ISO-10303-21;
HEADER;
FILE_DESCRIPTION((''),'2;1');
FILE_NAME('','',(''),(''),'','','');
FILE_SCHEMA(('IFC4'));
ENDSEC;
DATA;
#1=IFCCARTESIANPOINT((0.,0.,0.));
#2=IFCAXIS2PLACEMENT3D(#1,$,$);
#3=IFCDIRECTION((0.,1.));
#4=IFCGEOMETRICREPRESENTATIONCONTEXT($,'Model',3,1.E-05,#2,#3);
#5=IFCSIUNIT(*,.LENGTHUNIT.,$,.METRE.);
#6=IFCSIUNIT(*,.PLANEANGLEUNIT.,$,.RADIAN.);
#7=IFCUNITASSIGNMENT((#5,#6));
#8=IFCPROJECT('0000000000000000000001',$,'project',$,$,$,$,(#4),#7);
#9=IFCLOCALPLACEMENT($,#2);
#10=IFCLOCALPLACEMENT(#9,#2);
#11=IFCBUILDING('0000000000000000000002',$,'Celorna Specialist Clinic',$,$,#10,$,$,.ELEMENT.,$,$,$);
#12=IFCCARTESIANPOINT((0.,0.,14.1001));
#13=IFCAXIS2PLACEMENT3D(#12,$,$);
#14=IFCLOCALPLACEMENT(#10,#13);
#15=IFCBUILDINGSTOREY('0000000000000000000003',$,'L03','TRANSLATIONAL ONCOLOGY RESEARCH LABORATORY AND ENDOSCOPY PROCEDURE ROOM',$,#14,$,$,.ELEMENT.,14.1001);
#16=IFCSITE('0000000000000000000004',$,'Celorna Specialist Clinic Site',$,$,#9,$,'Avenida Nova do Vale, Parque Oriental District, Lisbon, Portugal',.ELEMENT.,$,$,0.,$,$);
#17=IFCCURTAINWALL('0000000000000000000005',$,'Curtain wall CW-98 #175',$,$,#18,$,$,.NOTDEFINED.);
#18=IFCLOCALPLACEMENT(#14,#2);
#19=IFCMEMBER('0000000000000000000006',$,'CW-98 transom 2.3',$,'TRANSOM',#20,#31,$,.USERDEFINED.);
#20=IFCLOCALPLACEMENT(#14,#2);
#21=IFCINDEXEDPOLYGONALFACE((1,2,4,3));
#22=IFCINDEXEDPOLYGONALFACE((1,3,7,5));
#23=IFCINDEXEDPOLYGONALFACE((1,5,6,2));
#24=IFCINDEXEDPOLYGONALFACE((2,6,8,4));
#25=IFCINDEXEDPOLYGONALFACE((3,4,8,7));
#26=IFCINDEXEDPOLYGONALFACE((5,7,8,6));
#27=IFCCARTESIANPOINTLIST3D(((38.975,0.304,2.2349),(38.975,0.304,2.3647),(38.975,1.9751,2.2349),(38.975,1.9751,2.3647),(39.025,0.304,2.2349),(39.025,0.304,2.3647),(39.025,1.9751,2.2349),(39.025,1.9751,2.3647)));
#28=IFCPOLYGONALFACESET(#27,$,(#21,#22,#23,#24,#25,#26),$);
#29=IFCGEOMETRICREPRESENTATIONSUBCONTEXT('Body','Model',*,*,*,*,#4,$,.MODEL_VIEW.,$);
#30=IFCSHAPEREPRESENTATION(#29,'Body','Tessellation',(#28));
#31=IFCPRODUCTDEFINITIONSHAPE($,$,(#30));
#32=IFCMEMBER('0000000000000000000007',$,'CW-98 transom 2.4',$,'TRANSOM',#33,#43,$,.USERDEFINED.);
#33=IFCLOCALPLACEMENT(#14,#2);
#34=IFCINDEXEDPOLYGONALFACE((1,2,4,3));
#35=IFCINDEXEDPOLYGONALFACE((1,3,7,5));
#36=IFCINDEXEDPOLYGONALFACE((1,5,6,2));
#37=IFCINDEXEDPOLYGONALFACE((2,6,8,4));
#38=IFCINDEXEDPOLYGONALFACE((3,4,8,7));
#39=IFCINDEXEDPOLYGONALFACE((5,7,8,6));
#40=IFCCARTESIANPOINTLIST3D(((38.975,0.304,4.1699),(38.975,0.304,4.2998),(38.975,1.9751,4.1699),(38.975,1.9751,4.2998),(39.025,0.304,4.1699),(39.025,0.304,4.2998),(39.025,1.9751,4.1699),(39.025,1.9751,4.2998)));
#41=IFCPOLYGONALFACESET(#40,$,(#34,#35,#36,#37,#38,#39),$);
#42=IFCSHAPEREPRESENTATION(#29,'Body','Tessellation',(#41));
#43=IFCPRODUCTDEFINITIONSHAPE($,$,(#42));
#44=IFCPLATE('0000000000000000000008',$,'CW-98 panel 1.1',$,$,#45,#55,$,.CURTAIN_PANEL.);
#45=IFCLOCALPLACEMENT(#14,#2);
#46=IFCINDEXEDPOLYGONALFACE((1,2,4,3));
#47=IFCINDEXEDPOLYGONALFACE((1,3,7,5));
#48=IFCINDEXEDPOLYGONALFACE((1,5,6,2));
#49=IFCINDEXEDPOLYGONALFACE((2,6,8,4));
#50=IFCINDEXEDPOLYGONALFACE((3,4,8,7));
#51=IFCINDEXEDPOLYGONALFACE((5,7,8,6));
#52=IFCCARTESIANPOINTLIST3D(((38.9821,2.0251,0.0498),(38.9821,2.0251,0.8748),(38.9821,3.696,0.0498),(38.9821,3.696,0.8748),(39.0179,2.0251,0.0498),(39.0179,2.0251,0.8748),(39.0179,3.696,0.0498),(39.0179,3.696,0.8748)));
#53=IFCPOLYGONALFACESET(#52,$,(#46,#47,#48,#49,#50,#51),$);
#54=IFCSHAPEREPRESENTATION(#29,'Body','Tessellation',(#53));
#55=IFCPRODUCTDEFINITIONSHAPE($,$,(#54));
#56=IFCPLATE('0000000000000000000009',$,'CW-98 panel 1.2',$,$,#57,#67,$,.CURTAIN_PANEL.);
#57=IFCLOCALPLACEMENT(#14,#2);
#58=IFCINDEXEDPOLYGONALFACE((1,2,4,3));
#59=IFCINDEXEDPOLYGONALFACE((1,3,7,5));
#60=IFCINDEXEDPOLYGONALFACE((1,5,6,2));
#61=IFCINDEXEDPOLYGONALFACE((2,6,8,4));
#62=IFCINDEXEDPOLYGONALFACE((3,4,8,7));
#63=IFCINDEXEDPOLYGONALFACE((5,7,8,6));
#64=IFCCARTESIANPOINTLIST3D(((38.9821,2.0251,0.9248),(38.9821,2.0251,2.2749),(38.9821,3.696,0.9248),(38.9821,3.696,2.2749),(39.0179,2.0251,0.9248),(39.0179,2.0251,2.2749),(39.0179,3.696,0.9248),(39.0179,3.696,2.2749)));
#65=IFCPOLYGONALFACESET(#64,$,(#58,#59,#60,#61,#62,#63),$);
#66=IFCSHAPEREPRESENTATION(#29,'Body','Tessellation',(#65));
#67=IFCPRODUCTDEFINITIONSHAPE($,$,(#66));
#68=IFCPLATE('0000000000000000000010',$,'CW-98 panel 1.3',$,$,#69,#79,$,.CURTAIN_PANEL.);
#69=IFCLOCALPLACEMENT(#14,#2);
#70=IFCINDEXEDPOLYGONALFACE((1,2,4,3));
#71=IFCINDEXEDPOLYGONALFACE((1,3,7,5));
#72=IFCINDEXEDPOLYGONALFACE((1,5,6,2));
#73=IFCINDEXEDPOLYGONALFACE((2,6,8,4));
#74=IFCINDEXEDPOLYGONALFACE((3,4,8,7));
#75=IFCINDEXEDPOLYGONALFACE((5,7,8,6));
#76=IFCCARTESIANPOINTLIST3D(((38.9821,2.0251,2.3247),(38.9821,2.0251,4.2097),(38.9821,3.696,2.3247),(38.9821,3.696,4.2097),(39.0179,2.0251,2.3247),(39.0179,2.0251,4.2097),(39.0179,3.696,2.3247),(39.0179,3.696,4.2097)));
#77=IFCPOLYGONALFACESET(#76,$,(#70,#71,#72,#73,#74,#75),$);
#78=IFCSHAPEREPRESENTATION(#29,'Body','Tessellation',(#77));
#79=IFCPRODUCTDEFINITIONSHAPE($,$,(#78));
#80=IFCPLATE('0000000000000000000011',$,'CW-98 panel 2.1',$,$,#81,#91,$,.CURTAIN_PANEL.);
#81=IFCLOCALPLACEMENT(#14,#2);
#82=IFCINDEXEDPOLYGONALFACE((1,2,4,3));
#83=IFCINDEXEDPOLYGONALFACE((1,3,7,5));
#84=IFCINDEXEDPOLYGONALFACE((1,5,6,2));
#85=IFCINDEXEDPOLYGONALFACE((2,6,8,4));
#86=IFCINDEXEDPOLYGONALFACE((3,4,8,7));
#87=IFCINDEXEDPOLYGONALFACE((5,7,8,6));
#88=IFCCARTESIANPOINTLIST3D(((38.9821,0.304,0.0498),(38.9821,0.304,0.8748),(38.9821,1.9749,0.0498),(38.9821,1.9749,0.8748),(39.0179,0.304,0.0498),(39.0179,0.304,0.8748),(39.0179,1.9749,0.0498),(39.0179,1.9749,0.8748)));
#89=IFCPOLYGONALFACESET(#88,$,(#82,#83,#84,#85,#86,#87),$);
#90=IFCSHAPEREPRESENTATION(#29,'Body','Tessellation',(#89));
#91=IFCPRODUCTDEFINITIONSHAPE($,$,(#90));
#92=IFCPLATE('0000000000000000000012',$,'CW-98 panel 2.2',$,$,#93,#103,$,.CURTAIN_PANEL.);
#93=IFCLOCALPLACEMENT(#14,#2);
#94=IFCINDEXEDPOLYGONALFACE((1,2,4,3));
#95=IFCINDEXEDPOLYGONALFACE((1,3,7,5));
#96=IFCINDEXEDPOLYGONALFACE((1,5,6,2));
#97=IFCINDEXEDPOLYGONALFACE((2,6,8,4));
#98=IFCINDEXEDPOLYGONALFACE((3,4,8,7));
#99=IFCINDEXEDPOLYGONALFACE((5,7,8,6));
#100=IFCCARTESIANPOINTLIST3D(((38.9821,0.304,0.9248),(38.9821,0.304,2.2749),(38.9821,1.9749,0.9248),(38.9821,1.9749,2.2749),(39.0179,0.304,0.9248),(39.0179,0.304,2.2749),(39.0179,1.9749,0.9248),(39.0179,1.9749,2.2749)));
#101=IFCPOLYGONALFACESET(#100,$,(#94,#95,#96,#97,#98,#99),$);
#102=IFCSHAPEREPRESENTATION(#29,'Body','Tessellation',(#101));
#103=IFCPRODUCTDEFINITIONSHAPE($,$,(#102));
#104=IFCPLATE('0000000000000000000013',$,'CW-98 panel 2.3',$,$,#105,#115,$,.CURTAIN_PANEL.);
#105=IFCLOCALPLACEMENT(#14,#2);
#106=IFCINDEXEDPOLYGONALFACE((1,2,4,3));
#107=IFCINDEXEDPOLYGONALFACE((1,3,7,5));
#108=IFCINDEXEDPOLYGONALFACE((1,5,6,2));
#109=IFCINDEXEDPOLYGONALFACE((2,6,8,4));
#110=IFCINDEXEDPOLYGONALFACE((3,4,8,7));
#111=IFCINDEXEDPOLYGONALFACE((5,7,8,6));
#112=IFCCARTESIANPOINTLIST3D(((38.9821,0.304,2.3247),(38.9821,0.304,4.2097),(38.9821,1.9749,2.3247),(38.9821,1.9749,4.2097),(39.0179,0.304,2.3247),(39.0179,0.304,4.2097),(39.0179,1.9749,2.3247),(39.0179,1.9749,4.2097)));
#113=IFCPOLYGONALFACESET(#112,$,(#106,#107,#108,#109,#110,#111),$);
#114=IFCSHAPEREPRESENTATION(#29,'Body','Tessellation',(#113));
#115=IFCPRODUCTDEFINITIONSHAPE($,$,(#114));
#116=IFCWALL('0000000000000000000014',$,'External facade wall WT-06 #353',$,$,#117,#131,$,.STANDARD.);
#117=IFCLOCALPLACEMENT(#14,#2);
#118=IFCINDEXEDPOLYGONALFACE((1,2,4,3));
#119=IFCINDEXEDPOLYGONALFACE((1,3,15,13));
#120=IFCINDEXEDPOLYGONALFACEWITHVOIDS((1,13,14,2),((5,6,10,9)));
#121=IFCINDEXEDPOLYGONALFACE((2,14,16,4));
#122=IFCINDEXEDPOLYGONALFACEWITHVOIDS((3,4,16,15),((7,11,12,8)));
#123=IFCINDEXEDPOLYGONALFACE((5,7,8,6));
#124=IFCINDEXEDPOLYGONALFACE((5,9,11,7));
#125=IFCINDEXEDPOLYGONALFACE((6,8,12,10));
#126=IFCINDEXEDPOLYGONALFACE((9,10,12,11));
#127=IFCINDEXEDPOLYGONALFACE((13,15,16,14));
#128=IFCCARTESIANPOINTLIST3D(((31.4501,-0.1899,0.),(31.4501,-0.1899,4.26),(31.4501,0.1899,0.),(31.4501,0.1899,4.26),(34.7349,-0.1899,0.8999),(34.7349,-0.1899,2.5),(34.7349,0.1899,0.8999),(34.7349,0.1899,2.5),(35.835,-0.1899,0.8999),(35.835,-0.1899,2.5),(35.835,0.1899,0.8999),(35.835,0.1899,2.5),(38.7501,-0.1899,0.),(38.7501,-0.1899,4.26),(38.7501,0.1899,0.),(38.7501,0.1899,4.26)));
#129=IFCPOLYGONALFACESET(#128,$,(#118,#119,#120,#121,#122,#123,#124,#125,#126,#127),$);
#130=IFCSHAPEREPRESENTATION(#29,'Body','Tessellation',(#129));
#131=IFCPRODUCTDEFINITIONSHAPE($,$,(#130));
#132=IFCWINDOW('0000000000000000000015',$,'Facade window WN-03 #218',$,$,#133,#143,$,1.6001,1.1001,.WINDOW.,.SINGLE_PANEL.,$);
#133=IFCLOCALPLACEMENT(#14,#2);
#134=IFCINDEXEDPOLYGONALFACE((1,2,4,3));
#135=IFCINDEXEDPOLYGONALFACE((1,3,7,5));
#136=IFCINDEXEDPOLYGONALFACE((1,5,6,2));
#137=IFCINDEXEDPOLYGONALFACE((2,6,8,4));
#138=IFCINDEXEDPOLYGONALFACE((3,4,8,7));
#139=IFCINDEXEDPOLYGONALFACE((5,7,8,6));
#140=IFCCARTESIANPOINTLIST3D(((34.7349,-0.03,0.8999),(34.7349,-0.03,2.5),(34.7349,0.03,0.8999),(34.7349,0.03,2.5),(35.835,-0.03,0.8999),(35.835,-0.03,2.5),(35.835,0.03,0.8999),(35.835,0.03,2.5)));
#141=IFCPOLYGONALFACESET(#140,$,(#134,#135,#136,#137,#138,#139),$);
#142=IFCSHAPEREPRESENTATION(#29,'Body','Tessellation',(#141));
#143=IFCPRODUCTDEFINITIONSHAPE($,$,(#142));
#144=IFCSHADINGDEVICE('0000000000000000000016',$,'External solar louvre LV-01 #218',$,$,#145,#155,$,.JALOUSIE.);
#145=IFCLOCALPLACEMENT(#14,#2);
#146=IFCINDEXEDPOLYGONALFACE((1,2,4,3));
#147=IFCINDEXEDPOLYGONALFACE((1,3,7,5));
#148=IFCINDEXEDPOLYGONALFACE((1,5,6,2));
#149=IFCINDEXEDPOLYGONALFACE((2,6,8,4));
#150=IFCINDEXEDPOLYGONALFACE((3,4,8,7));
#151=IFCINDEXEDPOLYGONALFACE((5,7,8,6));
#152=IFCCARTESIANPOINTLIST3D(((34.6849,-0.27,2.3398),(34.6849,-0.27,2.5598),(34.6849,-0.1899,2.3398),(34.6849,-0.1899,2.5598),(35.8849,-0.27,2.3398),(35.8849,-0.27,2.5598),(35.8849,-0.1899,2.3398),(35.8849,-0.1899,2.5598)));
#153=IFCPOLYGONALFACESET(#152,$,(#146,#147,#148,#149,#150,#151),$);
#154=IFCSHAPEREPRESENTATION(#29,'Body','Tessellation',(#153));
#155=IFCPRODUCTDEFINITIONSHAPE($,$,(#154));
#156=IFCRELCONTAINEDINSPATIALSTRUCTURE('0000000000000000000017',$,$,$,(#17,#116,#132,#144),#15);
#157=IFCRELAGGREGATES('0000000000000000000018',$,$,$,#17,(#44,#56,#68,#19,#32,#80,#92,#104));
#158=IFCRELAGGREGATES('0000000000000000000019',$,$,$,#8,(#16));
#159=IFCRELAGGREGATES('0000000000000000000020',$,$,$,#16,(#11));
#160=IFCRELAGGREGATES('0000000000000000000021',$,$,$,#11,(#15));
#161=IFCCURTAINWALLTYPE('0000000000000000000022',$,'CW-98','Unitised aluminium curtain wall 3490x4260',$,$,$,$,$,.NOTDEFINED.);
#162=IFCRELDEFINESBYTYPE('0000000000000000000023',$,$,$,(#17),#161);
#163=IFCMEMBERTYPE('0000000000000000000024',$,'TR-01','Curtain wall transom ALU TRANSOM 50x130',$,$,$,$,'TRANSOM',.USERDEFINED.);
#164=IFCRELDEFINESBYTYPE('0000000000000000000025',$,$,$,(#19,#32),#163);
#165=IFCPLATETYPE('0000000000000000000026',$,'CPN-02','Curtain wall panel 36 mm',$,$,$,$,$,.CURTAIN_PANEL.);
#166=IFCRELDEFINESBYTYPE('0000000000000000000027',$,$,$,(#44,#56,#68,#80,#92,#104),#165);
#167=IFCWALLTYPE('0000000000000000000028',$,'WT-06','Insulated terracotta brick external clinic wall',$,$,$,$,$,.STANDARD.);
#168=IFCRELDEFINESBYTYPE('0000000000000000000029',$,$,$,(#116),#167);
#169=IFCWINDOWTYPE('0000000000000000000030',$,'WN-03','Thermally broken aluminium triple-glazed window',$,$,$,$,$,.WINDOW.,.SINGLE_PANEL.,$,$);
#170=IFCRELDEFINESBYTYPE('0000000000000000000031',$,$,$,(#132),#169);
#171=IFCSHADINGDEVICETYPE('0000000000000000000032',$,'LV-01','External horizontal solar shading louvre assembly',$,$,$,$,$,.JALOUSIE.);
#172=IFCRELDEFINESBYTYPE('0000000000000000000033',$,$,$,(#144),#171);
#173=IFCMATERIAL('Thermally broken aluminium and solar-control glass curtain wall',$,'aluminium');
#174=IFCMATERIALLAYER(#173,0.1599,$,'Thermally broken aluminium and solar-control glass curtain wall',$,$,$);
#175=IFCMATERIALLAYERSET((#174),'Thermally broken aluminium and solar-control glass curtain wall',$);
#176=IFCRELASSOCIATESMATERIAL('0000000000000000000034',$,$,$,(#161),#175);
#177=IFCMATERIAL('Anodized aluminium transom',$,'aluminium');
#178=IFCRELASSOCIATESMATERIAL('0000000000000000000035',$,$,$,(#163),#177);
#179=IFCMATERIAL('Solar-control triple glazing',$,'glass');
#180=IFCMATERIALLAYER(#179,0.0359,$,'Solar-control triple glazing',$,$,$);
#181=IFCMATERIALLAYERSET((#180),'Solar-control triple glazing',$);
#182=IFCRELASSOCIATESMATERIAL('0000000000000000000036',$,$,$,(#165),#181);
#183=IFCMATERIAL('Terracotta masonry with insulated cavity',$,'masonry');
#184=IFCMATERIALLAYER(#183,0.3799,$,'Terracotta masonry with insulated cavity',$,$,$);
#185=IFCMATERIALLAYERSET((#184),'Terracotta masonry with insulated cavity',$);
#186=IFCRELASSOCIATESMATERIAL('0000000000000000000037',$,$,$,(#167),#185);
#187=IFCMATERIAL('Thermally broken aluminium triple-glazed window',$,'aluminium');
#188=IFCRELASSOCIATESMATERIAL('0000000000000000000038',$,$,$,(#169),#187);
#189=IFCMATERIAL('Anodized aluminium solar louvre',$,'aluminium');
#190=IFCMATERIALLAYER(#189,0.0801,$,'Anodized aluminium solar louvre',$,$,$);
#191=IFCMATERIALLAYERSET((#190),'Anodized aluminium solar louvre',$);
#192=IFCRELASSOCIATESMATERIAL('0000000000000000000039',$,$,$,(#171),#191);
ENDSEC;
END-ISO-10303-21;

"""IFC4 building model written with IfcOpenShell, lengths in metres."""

from ifc_helpers import new_model, si_unit, direction, frame, frame_2d, origin, origin_2d, place, context, subcontext, project, spatial, rectangle, extrude, material, layer, layer_set, material_profile, profile_set, type_object, element, fill, aggregate, save


model = new_model("IFC4")

# Units and contexts
model_context = context("Model", 3, precision=1e-05, world=origin(), true_north=direction((0.0, 1.0)))
body_context = subcontext(model_context, "Body", "Model", "MODEL_VIEW")
ifc_project = project(units=[si_unit("LENGTHUNIT", "METRE"), si_unit("PLANEANGLEUNIT", "RADIAN")], contexts=[model_context])

# Site, building, storey
site_placement = place(None, origin())
site = spatial("IfcSite", under=ifc_project, at=site_placement, Name="Celorna Specialist Clinic Site", LongName="Avenida Nova do Vale, Parque Oriental District, Lisbon, Portugal", CompositionType="ELEMENT", RefElevation=0.0)
building_placement = place(site_placement, origin())
building = spatial("IfcBuilding", under=site, at=building_placement, Name="Celorna Specialist Clinic", CompositionType="ELEMENT")
storey_placement = place(building_placement, frame((0.0, 0.0, 14.1001)))
storey = spatial("IfcBuildingStorey", under=building, at=storey_placement, Name="L03", Description="TRANSLATIONAL ONCOLOGY RESEARCH LABORATORY AND ENDOSCOPY PROCEDURE ROOM", CompositionType="ELEMENT", Elevation=14.1001)

# Curtain wall, members, plates
ifc_material_1 = material(Name="Thermally broken aluminium and solar-control glass curtain wall", Category="aluminium")
ifc_layer_1 = layer(ifc_material_1, 0.1599, Name="Thermally broken aluminium and solar-control glass curtain wall")
ifc_layer_set_1 = layer_set([ifc_layer_1], Name="Thermally broken aluminium and solar-control glass curtain wall")
curtain_wall_type = type_object("IfcCurtainWallType", Name="CW-98", Description="Unitised aluminium curtain wall 3490x4260", PredefinedType="NOTDEFINED", material=ifc_layer_set_1)
curtain_wall_placement = place(storey_placement, origin())
curtain_wall = element("IfcCurtainWall", 1, at=curtain_wall_placement, inside=storey, type_object=curtain_wall_type, Name="Curtain wall CW-98 #175", PredefinedType="NOTDEFINED")
ifc_material_2 = material(Name="Anodized aluminium transom", Category="aluminium")
ifc_material_profile_1 = material_profile(ifc_material_2, rectangle(XDim=0.05, YDim=0.1299, at=origin_2d()), Name="ALU TRANSOM 50x130")
ifc_profile_set_1 = profile_set([ifc_material_profile_1], Name="Anodized aluminium transom")
member_type_1 = type_object("IfcMemberType", Name="TR-01", Description="Curtain wall transom ALU TRANSOM 50x130", ElementType="TRANSOM", PredefinedType="USERDEFINED", material=ifc_profile_set_1)
member_1_placement = place(storey_placement, frame((39.0, 1.9751, 2.2998), z_axis=(0.0, -1.0, 0.0), x_axis=(1.0, 0.0, 0.0)))
member_1 = element("IfcMember", 2, at=member_1_placement, type_object=member_type_1, Name="CW-98 transom 2.3", ObjectType="TRANSOM", PredefinedType="USERDEFINED", context=body_context, shape_type="SweptSolid", body=[
    extrude(rectangle(XDim=0.05, YDim=0.1299, at=origin_2d()), origin(), (0.0, 0.0, 1.0), 1.6711),
])
member_2_placement = place(storey_placement, frame((39.0, 1.9751, 4.2349), z_axis=(0.0, -1.0, 0.0), x_axis=(1.0, 0.0, 0.0)))
member_2 = element("IfcMember", 3, at=member_2_placement, type_object=member_type_1, Name="CW-98 transom 2.4", ObjectType="TRANSOM", PredefinedType="USERDEFINED", context=body_context, shape_type="SweptSolid", body=[
    extrude(rectangle(XDim=0.05, YDim=0.1299, at=origin_2d()), origin(), (0.0, 0.0, 1.0), 1.6711),
])
ifc_material_3 = material(Name="Solar-control triple glazing", Category="glass")
ifc_layer_2 = layer(ifc_material_3, 0.0359, Name="Solar-control triple glazing")
ifc_layer_set_2 = layer_set([ifc_layer_2], Name="Solar-control triple glazing")
plate_type = type_object("IfcPlateType", Name="CPN-02", Description="Curtain wall panel 36 mm", PredefinedType="CURTAIN_PANEL", material=ifc_layer_set_2)
plate_1_placement = place(storey_placement, frame((39.0, 2.8606, 0.0498), z_axis=(0.0, 0.0, 1.0), x_axis=(0.0, -1.0, 0.0)))
plate_1 = element("IfcPlate", 4, at=plate_1_placement, type_object=plate_type, Name="CW-98 panel 1.1", PredefinedType="CURTAIN_PANEL", context=body_context, shape_type="SweptSolid", body=[
    extrude(rectangle(XDim=1.6709, YDim=0.0359, at=origin_2d()), origin(), (0.0, 0.0, 1.0), 0.825),
])
plate_2_placement = place(storey_placement, frame((39.0, 2.8606, 0.9248), z_axis=(0.0, 0.0, 1.0), x_axis=(0.0, -1.0, 0.0)))
plate_2 = element("IfcPlate", 5, at=plate_2_placement, type_object=plate_type, Name="CW-98 panel 1.2", PredefinedType="CURTAIN_PANEL", context=body_context, shape_type="SweptSolid", body=[
    extrude(rectangle(XDim=1.6709, YDim=0.0359, at=origin_2d()), origin(), (0.0, 0.0, 1.0), 1.3501),
])
plate_3_placement = place(storey_placement, frame((39.0, 2.8606, 2.3247), z_axis=(0.0, 0.0, 1.0), x_axis=(0.0, -1.0, 0.0)))
plate_3 = element("IfcPlate", 6, at=plate_3_placement, type_object=plate_type, Name="CW-98 panel 1.3", PredefinedType="CURTAIN_PANEL", context=body_context, shape_type="SweptSolid", body=[
    extrude(rectangle(XDim=1.6709, YDim=0.0359, at=origin_2d()), origin(), (0.0, 0.0, 1.0), 1.885),
])
plate_4_placement = place(storey_placement, frame((39.0, 1.1394, 0.0498), z_axis=(0.0, 0.0, 1.0), x_axis=(0.0, -1.0, 0.0)))
plate_4 = element("IfcPlate", 7, at=plate_4_placement, type_object=plate_type, Name="CW-98 panel 2.1", PredefinedType="CURTAIN_PANEL", context=body_context, shape_type="SweptSolid", body=[
    extrude(rectangle(XDim=1.6709, YDim=0.0359, at=origin_2d()), origin(), (0.0, 0.0, 1.0), 0.825),
])
plate_5_placement = place(storey_placement, frame((39.0, 1.1394, 0.9248), z_axis=(0.0, 0.0, 1.0), x_axis=(0.0, -1.0, 0.0)))
plate_5 = element("IfcPlate", 8, at=plate_5_placement, type_object=plate_type, Name="CW-98 panel 2.2", PredefinedType="CURTAIN_PANEL", context=body_context, shape_type="SweptSolid", body=[
    extrude(rectangle(XDim=1.6709, YDim=0.0359, at=origin_2d()), origin(), (0.0, 0.0, 1.0), 1.3501),
])
plate_6_placement = place(storey_placement, frame((39.0, 1.1394, 2.3247), z_axis=(0.0, 0.0, 1.0), x_axis=(0.0, -1.0, 0.0)))
plate_6 = element("IfcPlate", 9, at=plate_6_placement, type_object=plate_type, Name="CW-98 panel 2.3", PredefinedType="CURTAIN_PANEL", context=body_context, shape_type="SweptSolid", body=[
    extrude(rectangle(XDim=1.6709, YDim=0.0359, at=origin_2d()), origin(), (0.0, 0.0, 1.0), 1.885),
])
aggregate(curtain_wall, [plate_1, plate_2, plate_3, member_1, member_2, plate_4, plate_5, plate_6])

# Wall, opening, window
ifc_material_4 = material(Name="Terracotta masonry with insulated cavity", Category="masonry")
ifc_layer_3 = layer(ifc_material_4, 0.3799, Name="Terracotta masonry with insulated cavity")
ifc_layer_set_3 = layer_set([ifc_layer_3], Name="Terracotta masonry with insulated cavity")
wall_type = type_object("IfcWallType", Name="WT-06", Description="Insulated terracotta brick external clinic wall", PredefinedType="STANDARD", material=ifc_layer_set_3)
wall_placement = place(storey_placement, frame((38.75, 0.0, 0.0), z_axis=(0.0, 0.0, 1.0), x_axis=(-1.0, 0.0, 0.0)))
wall = element("IfcWall", 10, at=wall_placement, inside=storey, type_object=wall_type, Name="External facade wall WT-06 #353", PredefinedType="STANDARD", context=body_context, shape_type="SweptSolid", body=[
    extrude(rectangle(XDim=7.3, YDim=0.3799, at=frame_2d((3.6499, 0.0))), origin(), (0.0, 0.0, 1.0), 4.26),
])
opening_placement = place(wall_placement, frame((2.915, 0.0, 0.8999)))
opening = element("IfcOpeningElement", 11, at=opening_placement, cuts=wall, PredefinedType="OPENING", context=body_context, shape_type="SweptSolid", body=[
    extrude(rectangle(XDim=1.1001, YDim=1.6001, at=frame_2d((0.55, 0.8))), frame((0.0, 0.2, 0.0), z_axis=(0.0, -1.0, 0.0), x_axis=(1.0, 0.0, 0.0)), (0.0, 0.0, 1.0), 0.3999),
])
ifc_material_5 = material(Name="Thermally broken aluminium triple-glazed window", Category="aluminium")
window_type = type_object("IfcWindowType", Name="WN-03", Description="Thermally broken aluminium triple-glazed window", PartitioningType="SINGLE_PANEL", PredefinedType="WINDOW", material=ifc_material_5)
window_placement = place(opening_placement, origin())
window = element("IfcWindow", 12, at=window_placement, inside=storey, type_object=window_type, Name="Facade window WN-03 #218", OverallHeight=1.6001, OverallWidth=1.1001, PartitioningType="SINGLE_PANEL", PredefinedType="WINDOW", context=body_context, shape_type="SweptSolid", body=[
    extrude(rectangle(XDim=1.1001, YDim=1.6001, at=frame_2d((0.55, 0.8))), frame((0.0, 0.03, 0.0), z_axis=(0.0, -1.0, 0.0), x_axis=(1.0, 0.0, 0.0)), (0.0, 0.0, 1.0), 0.0601),
])
fill(opening, window)

# Shading device
ifc_material_6 = material(Name="Anodized aluminium solar louvre", Category="aluminium")
ifc_layer_4 = layer(ifc_material_6, 0.0801, Name="Anodized aluminium solar louvre")
ifc_layer_set_4 = layer_set([ifc_layer_4], Name="Anodized aluminium solar louvre")
shading_device_type = type_object("IfcShadingDeviceType", Name="LV-01", Description="External horizontal solar shading louvre assembly", PredefinedType="JALOUSIE", material=ifc_layer_set_4)
shading_device_placement = place(storey_placement, frame((35.2849, -0.23, 2.3398), z_axis=(0.0, 0.0, 1.0), x_axis=(-1.0, 0.0, 0.0)))
element("IfcShadingDevice", 13, at=shading_device_placement, inside=storey, type_object=shading_device_type, Name="External solar louvre LV-01 #218", PredefinedType="JALOUSIE", context=body_context, shape_type="SweptSolid", body=[
    extrude(rectangle(XDim=1.2, YDim=0.0801, at=origin_2d()), origin(), (0.0, 0.0, 1.0), 0.22),
])

save(model, "model.ifc")
